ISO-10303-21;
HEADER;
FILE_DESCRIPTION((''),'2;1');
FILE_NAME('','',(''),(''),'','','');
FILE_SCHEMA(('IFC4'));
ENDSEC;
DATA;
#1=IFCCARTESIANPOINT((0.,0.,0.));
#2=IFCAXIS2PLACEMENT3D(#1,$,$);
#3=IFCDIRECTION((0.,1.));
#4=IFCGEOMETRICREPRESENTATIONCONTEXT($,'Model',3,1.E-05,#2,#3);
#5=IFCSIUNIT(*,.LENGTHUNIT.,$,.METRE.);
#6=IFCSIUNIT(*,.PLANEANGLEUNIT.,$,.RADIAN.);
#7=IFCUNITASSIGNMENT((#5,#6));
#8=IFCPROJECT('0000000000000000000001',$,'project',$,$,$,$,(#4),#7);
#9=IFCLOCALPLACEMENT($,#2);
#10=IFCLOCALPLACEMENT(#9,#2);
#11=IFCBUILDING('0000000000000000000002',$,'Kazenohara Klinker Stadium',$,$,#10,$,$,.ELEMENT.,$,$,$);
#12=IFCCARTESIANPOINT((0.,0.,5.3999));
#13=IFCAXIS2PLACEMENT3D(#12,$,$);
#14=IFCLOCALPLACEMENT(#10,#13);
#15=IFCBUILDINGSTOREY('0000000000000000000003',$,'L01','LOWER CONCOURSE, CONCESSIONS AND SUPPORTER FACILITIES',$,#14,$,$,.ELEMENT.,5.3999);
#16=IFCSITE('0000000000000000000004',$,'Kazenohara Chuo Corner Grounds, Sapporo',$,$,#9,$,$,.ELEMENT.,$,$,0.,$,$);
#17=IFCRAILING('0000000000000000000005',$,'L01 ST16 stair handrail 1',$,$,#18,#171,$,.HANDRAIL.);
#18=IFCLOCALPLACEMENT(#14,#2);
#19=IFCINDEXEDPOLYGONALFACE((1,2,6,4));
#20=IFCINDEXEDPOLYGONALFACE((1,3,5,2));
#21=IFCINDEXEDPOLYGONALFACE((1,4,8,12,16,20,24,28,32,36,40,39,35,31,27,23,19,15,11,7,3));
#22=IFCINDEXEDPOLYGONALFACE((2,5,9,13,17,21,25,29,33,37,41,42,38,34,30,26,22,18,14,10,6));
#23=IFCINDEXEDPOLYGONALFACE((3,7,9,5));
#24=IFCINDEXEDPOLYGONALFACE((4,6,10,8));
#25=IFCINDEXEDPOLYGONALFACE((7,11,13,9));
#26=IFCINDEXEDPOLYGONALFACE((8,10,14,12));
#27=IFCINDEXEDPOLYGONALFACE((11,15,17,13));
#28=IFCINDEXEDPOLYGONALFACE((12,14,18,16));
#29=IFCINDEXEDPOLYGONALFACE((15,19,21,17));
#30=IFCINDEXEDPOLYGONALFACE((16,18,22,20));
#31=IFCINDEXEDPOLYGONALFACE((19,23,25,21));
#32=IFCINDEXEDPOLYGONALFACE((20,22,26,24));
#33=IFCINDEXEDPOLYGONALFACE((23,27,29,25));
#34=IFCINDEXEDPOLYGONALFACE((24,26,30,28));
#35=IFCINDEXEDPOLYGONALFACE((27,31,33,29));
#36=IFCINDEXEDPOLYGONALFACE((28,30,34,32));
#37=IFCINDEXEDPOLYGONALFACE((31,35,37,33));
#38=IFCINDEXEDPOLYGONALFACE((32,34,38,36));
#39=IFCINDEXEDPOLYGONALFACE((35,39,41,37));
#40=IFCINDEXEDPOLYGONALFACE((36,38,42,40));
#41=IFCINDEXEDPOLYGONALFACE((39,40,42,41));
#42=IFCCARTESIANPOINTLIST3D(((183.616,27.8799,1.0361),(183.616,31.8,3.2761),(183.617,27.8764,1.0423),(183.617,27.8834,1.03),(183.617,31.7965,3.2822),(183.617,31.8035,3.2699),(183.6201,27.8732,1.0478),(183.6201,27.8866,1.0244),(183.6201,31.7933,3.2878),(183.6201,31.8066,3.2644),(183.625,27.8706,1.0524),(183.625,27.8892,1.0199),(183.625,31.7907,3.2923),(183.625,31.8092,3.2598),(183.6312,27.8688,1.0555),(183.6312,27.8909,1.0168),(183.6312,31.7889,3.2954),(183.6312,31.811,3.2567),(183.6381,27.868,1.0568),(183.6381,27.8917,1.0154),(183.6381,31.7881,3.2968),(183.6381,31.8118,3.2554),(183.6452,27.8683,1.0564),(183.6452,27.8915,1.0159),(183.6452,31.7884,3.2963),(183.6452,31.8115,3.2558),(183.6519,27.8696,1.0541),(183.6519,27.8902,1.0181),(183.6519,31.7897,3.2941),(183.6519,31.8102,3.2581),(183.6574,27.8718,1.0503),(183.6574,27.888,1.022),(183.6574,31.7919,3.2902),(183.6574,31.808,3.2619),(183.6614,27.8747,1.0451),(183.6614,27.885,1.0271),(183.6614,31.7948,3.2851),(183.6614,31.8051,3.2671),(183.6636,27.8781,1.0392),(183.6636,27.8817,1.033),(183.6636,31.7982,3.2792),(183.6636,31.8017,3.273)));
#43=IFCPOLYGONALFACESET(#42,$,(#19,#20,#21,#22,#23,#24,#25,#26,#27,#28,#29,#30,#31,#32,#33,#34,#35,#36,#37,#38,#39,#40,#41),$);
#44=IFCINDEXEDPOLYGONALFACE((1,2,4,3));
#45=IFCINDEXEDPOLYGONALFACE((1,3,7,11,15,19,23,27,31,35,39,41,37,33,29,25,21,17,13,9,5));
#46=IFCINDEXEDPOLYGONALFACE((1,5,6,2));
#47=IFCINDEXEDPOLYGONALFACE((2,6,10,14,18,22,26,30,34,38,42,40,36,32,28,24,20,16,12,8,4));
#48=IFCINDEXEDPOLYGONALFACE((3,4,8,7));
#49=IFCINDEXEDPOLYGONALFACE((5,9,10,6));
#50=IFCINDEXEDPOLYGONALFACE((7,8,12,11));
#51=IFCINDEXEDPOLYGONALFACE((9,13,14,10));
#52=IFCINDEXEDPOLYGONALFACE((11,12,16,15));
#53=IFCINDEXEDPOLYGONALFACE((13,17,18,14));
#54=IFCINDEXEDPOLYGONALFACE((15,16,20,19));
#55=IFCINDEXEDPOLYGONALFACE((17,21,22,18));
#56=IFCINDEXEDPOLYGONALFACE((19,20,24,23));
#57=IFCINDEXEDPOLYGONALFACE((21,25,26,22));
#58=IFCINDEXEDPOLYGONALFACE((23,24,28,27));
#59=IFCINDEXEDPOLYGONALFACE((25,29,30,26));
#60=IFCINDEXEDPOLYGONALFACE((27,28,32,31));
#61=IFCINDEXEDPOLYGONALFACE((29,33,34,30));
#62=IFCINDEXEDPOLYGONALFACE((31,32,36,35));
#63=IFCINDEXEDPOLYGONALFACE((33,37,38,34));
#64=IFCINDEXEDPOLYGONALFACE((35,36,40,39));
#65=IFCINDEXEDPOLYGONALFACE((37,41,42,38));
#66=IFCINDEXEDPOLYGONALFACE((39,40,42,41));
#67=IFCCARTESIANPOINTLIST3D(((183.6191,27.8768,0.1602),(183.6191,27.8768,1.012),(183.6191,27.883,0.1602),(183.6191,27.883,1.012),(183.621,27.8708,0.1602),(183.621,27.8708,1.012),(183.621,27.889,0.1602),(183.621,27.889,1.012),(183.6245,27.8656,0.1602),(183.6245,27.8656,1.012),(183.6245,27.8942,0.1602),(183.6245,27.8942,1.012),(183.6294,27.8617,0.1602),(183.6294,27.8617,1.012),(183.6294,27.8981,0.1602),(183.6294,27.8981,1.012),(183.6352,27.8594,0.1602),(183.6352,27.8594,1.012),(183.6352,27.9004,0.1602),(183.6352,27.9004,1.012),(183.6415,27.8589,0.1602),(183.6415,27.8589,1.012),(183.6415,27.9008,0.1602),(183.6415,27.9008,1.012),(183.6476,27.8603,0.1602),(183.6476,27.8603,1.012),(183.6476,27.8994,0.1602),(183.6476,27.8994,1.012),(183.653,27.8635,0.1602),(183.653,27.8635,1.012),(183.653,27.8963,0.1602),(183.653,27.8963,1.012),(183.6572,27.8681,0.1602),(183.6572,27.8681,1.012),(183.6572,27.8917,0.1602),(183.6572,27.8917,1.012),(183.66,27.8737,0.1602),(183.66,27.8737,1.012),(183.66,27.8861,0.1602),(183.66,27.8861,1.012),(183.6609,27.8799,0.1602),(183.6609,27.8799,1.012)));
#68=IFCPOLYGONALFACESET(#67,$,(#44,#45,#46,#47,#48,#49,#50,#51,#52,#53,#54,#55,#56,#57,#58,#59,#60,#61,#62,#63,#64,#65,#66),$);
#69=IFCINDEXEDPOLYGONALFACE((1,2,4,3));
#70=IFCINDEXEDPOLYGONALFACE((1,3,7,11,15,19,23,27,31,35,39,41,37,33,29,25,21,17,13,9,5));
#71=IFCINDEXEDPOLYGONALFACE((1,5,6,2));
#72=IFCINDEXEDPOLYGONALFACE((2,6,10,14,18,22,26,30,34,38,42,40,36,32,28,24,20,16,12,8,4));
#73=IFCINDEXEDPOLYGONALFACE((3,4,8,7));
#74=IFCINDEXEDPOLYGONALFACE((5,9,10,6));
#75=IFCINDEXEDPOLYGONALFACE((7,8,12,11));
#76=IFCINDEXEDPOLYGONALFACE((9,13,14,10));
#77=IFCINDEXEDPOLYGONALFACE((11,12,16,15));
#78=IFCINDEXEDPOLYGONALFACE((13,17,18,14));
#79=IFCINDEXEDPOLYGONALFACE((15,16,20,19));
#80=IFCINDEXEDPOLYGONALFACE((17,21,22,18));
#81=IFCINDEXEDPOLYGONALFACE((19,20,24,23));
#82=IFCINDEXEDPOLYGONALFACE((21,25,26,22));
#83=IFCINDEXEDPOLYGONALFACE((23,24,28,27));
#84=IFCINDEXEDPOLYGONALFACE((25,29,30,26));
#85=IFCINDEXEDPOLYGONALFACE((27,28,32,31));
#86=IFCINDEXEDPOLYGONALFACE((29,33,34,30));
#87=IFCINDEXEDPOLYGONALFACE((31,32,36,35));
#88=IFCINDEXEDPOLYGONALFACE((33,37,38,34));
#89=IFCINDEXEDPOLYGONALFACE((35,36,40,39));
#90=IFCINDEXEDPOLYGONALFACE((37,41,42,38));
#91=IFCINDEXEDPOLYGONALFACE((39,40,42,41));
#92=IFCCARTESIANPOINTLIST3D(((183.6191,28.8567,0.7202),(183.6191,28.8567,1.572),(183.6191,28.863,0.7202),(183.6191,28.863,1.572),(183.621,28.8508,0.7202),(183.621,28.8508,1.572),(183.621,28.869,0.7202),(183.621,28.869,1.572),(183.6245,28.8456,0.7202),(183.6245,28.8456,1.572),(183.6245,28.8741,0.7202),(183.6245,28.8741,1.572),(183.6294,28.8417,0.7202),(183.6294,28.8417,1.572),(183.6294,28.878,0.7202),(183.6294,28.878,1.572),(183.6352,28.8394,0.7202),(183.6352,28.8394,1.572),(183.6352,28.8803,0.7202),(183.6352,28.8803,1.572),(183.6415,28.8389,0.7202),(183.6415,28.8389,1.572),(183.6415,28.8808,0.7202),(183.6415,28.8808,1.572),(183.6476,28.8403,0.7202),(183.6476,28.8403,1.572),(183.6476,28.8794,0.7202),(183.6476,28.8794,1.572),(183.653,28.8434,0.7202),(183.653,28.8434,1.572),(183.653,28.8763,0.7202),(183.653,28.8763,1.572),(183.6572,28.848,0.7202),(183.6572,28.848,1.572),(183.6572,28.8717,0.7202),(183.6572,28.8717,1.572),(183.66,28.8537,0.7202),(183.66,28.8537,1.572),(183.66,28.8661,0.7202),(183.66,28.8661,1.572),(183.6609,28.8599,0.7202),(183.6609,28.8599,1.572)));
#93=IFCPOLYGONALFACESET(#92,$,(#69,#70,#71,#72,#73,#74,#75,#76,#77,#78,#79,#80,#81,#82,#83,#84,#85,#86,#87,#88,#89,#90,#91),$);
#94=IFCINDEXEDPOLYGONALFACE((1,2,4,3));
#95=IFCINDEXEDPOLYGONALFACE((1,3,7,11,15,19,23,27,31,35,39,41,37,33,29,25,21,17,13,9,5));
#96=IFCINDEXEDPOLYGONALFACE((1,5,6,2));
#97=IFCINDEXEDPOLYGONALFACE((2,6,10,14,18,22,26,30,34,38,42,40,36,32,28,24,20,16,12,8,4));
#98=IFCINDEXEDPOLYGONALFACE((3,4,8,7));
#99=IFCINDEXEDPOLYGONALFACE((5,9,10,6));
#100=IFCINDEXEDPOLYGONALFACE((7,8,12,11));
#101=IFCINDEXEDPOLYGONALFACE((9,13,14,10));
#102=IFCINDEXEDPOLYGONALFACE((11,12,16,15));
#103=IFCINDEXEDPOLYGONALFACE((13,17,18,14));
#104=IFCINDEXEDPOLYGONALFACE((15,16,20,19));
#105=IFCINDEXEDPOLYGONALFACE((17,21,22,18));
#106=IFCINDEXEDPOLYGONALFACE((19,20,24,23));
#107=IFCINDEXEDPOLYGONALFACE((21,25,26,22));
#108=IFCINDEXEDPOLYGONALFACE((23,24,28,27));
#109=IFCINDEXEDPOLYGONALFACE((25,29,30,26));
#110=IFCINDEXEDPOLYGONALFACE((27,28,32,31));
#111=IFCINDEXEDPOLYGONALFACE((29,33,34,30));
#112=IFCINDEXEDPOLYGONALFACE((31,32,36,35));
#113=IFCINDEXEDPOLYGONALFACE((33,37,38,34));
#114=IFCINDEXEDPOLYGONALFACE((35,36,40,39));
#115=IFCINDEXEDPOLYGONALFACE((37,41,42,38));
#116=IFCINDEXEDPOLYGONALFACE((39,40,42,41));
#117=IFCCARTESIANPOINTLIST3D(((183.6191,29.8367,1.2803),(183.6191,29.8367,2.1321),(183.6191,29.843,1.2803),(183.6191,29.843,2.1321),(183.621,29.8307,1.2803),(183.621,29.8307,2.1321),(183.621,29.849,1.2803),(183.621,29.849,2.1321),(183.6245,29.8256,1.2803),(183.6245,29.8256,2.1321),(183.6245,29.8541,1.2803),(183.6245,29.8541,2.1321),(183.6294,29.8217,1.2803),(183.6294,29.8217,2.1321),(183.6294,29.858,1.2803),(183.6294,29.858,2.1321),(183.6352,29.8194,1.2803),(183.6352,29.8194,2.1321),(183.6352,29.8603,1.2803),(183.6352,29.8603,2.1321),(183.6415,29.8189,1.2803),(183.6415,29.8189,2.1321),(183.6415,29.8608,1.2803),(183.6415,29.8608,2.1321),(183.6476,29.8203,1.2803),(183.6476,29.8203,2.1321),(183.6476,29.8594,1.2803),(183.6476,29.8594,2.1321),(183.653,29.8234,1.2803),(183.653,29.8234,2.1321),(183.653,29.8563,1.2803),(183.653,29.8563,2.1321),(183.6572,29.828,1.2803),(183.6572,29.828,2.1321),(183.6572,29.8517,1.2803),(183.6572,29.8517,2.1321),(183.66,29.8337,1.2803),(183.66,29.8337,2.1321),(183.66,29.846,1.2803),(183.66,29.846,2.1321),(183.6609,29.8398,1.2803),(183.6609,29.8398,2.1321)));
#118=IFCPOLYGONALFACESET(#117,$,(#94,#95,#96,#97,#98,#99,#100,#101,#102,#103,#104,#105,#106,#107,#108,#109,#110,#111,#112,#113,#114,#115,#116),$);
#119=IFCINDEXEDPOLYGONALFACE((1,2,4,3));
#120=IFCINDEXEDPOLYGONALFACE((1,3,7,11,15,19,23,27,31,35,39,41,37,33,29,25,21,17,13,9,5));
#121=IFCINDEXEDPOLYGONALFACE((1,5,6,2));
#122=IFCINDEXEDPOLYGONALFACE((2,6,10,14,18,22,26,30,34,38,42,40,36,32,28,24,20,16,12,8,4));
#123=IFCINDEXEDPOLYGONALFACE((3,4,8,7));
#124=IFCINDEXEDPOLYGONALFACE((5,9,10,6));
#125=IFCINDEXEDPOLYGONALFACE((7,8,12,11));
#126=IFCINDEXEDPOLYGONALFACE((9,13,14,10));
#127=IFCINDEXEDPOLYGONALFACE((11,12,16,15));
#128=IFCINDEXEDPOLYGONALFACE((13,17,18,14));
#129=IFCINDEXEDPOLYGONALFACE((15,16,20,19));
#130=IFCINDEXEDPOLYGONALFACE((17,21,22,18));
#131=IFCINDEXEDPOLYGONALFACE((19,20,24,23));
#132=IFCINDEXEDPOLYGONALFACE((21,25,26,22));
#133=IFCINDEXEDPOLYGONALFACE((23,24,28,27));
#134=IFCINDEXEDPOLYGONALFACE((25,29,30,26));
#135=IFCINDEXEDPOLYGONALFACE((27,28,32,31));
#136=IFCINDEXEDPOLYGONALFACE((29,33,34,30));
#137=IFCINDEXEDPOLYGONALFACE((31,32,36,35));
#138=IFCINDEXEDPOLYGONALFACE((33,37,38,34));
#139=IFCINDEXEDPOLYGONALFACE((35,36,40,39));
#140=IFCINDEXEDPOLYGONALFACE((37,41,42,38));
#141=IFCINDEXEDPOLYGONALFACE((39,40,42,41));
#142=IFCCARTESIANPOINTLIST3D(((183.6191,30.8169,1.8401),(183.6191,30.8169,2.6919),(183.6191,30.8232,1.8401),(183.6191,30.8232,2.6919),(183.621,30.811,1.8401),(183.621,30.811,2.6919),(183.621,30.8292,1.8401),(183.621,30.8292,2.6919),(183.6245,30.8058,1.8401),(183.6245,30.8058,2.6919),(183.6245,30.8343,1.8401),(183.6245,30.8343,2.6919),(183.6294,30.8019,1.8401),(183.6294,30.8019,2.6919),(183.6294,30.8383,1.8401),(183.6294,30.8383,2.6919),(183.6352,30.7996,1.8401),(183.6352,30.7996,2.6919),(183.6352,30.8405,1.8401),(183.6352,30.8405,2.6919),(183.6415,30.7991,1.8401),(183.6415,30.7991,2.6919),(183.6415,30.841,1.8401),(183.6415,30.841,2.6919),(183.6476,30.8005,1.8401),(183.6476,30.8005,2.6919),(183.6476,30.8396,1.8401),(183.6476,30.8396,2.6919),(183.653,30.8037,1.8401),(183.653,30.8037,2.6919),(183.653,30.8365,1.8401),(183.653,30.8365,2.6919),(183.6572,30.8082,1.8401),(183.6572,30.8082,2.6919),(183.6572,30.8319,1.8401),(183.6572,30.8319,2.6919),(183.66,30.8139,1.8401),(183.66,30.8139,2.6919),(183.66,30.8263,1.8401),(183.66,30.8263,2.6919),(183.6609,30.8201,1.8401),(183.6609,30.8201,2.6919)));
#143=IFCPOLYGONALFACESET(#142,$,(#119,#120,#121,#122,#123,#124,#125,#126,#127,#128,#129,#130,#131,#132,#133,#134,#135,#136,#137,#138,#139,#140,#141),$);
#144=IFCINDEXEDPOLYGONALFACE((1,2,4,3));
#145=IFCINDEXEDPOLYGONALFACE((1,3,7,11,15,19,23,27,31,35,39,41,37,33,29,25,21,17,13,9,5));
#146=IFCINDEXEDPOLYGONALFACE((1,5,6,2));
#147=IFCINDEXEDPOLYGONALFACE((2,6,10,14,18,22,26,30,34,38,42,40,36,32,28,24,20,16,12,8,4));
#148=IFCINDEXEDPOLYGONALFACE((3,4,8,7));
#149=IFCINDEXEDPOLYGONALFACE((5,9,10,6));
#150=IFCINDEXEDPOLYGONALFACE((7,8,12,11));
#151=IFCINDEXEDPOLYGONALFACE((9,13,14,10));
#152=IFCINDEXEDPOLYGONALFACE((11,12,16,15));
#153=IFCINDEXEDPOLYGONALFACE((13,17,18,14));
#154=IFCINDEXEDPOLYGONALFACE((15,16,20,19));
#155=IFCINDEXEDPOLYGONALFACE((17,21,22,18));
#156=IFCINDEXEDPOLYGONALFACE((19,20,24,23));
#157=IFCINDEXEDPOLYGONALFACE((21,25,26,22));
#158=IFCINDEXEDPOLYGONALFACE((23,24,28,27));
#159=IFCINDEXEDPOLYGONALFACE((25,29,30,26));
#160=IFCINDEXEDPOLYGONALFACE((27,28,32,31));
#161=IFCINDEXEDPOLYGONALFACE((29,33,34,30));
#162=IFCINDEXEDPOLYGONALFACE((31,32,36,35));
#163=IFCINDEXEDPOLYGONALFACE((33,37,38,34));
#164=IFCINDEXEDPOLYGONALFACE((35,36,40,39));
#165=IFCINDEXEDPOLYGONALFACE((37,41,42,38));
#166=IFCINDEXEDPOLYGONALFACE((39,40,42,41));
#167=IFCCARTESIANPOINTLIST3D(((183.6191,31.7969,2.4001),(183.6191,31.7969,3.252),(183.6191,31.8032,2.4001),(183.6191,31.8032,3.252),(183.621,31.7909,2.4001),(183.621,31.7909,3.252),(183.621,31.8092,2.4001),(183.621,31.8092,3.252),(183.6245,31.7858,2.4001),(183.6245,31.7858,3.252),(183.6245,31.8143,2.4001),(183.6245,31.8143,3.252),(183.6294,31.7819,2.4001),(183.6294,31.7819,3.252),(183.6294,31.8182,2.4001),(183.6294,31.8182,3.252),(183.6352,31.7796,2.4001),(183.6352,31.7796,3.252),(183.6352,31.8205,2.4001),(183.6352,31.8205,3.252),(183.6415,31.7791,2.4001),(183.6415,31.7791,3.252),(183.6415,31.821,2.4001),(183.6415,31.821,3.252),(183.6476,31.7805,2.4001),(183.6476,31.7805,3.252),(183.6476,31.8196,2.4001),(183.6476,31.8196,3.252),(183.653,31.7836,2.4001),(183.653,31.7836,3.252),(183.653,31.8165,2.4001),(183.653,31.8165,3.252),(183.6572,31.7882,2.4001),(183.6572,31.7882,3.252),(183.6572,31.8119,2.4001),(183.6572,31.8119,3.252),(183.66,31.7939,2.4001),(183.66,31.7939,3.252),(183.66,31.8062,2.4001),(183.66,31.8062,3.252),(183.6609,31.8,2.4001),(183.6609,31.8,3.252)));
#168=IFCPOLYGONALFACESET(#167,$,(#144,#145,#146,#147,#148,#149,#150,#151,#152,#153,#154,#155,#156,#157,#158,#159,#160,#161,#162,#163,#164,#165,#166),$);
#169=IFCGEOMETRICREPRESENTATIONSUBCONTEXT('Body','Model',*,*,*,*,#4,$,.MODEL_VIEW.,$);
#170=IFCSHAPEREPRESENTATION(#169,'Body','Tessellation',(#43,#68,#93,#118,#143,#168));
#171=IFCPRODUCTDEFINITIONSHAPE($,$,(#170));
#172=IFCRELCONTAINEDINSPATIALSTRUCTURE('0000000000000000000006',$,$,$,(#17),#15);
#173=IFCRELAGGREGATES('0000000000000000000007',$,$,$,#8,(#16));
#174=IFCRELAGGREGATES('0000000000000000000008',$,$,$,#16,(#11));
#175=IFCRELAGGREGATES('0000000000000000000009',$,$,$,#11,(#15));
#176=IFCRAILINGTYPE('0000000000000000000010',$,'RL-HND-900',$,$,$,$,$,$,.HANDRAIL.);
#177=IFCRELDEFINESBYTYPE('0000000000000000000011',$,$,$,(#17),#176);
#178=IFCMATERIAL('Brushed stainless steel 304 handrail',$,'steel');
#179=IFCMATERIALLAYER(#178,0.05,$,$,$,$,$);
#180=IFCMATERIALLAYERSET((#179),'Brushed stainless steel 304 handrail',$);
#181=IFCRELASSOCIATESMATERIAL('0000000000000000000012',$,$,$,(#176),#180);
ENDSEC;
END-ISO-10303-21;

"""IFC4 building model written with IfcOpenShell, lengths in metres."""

from ifc_helpers import new_model, si_unit, direction, frame, origin, origin_2d, place, context, subcontext, project, spatial, circle, extrude, material, layer, layer_set, type_object, element, save


model = new_model("IFC4")

# Units and contexts
model_context = context("Model", 3, precision=1e-05, world=origin(), true_north=direction((0.0, 1.0)))
body_context = subcontext(model_context, "Body", "Model", "MODEL_VIEW")
ifc_project = project(units=[si_unit("LENGTHUNIT", "METRE"), si_unit("PLANEANGLEUNIT", "RADIAN")], contexts=[model_context])

# Site, building, storey
site_placement = place(None, origin())
site = spatial("IfcSite", under=ifc_project, at=site_placement, Name="Kazenohara Chuo Corner Grounds, Sapporo", CompositionType="ELEMENT", RefElevation=0.0)
building_placement = place(site_placement, origin())
building = spatial("IfcBuilding", under=site, at=building_placement, Name="Kazenohara Klinker Stadium", CompositionType="ELEMENT")
storey_placement = place(building_placement, frame((0.0, 0.0, 5.3999)))
storey = spatial("IfcBuildingStorey", under=building, at=storey_placement, Name="L01", Description="LOWER CONCOURSE, CONCESSIONS AND SUPPORTER FACILITIES", CompositionType="ELEMENT", Elevation=5.3999)

# Railing
ifc_material_1 = material(Name="Brushed stainless steel 304 handrail", Category="steel")
ifc_layer_1 = layer(ifc_material_1, 0.05)
ifc_layer_set_1 = layer_set([ifc_layer_1], Name="Brushed stainless steel 304 handrail")
railing_type_1 = type_object("IfcRailingType", Name="RL-HND-900", PredefinedType="HANDRAIL", material=ifc_layer_set_1)
railing_1_placement = place(storey_placement, frame((183.6399, 27.8799, 0.1602)))
element("IfcRailing", 1, at=railing_1_placement, inside=storey, type_object=railing_type_1, Name="L01 ST16 stair handrail 1", PredefinedType="HANDRAIL", context=body_context, shape_type="SweptSolid", body=[
    extrude(circle(Radius=0.0239, at=origin_2d()), frame((0.0, 0.0, 0.876), z_axis=(0.0, 0.868253, 0.496121), x_axis=(-1.0, 0.0, 0.0)), (0.0, 0.0, 1.0), 4.5149),
    extrude(circle(Radius=0.021, at=origin_2d()), origin(), (0.0, 0.0, 1.0), 0.8518),
    extrude(circle(Radius=0.021, at=origin_2d()), frame((0.0, 0.98, 0.5601)), (0.0, 0.0, 1.0), 0.8518),
    extrude(circle(Radius=0.021, at=origin_2d()), frame((0.0, 1.96, 1.1201)), (0.0, 0.0, 1.0), 0.8518),
    extrude(circle(Radius=0.021, at=origin_2d()), frame((0.0, 2.9402, 1.6799)), (0.0, 0.0, 1.0), 0.8518),
    extrude(circle(Radius=0.021, at=origin_2d()), frame((0.0, 3.9202, 2.24)), (0.0, 0.0, 1.0), 0.8518),
])

save(model, "model.ifc")
